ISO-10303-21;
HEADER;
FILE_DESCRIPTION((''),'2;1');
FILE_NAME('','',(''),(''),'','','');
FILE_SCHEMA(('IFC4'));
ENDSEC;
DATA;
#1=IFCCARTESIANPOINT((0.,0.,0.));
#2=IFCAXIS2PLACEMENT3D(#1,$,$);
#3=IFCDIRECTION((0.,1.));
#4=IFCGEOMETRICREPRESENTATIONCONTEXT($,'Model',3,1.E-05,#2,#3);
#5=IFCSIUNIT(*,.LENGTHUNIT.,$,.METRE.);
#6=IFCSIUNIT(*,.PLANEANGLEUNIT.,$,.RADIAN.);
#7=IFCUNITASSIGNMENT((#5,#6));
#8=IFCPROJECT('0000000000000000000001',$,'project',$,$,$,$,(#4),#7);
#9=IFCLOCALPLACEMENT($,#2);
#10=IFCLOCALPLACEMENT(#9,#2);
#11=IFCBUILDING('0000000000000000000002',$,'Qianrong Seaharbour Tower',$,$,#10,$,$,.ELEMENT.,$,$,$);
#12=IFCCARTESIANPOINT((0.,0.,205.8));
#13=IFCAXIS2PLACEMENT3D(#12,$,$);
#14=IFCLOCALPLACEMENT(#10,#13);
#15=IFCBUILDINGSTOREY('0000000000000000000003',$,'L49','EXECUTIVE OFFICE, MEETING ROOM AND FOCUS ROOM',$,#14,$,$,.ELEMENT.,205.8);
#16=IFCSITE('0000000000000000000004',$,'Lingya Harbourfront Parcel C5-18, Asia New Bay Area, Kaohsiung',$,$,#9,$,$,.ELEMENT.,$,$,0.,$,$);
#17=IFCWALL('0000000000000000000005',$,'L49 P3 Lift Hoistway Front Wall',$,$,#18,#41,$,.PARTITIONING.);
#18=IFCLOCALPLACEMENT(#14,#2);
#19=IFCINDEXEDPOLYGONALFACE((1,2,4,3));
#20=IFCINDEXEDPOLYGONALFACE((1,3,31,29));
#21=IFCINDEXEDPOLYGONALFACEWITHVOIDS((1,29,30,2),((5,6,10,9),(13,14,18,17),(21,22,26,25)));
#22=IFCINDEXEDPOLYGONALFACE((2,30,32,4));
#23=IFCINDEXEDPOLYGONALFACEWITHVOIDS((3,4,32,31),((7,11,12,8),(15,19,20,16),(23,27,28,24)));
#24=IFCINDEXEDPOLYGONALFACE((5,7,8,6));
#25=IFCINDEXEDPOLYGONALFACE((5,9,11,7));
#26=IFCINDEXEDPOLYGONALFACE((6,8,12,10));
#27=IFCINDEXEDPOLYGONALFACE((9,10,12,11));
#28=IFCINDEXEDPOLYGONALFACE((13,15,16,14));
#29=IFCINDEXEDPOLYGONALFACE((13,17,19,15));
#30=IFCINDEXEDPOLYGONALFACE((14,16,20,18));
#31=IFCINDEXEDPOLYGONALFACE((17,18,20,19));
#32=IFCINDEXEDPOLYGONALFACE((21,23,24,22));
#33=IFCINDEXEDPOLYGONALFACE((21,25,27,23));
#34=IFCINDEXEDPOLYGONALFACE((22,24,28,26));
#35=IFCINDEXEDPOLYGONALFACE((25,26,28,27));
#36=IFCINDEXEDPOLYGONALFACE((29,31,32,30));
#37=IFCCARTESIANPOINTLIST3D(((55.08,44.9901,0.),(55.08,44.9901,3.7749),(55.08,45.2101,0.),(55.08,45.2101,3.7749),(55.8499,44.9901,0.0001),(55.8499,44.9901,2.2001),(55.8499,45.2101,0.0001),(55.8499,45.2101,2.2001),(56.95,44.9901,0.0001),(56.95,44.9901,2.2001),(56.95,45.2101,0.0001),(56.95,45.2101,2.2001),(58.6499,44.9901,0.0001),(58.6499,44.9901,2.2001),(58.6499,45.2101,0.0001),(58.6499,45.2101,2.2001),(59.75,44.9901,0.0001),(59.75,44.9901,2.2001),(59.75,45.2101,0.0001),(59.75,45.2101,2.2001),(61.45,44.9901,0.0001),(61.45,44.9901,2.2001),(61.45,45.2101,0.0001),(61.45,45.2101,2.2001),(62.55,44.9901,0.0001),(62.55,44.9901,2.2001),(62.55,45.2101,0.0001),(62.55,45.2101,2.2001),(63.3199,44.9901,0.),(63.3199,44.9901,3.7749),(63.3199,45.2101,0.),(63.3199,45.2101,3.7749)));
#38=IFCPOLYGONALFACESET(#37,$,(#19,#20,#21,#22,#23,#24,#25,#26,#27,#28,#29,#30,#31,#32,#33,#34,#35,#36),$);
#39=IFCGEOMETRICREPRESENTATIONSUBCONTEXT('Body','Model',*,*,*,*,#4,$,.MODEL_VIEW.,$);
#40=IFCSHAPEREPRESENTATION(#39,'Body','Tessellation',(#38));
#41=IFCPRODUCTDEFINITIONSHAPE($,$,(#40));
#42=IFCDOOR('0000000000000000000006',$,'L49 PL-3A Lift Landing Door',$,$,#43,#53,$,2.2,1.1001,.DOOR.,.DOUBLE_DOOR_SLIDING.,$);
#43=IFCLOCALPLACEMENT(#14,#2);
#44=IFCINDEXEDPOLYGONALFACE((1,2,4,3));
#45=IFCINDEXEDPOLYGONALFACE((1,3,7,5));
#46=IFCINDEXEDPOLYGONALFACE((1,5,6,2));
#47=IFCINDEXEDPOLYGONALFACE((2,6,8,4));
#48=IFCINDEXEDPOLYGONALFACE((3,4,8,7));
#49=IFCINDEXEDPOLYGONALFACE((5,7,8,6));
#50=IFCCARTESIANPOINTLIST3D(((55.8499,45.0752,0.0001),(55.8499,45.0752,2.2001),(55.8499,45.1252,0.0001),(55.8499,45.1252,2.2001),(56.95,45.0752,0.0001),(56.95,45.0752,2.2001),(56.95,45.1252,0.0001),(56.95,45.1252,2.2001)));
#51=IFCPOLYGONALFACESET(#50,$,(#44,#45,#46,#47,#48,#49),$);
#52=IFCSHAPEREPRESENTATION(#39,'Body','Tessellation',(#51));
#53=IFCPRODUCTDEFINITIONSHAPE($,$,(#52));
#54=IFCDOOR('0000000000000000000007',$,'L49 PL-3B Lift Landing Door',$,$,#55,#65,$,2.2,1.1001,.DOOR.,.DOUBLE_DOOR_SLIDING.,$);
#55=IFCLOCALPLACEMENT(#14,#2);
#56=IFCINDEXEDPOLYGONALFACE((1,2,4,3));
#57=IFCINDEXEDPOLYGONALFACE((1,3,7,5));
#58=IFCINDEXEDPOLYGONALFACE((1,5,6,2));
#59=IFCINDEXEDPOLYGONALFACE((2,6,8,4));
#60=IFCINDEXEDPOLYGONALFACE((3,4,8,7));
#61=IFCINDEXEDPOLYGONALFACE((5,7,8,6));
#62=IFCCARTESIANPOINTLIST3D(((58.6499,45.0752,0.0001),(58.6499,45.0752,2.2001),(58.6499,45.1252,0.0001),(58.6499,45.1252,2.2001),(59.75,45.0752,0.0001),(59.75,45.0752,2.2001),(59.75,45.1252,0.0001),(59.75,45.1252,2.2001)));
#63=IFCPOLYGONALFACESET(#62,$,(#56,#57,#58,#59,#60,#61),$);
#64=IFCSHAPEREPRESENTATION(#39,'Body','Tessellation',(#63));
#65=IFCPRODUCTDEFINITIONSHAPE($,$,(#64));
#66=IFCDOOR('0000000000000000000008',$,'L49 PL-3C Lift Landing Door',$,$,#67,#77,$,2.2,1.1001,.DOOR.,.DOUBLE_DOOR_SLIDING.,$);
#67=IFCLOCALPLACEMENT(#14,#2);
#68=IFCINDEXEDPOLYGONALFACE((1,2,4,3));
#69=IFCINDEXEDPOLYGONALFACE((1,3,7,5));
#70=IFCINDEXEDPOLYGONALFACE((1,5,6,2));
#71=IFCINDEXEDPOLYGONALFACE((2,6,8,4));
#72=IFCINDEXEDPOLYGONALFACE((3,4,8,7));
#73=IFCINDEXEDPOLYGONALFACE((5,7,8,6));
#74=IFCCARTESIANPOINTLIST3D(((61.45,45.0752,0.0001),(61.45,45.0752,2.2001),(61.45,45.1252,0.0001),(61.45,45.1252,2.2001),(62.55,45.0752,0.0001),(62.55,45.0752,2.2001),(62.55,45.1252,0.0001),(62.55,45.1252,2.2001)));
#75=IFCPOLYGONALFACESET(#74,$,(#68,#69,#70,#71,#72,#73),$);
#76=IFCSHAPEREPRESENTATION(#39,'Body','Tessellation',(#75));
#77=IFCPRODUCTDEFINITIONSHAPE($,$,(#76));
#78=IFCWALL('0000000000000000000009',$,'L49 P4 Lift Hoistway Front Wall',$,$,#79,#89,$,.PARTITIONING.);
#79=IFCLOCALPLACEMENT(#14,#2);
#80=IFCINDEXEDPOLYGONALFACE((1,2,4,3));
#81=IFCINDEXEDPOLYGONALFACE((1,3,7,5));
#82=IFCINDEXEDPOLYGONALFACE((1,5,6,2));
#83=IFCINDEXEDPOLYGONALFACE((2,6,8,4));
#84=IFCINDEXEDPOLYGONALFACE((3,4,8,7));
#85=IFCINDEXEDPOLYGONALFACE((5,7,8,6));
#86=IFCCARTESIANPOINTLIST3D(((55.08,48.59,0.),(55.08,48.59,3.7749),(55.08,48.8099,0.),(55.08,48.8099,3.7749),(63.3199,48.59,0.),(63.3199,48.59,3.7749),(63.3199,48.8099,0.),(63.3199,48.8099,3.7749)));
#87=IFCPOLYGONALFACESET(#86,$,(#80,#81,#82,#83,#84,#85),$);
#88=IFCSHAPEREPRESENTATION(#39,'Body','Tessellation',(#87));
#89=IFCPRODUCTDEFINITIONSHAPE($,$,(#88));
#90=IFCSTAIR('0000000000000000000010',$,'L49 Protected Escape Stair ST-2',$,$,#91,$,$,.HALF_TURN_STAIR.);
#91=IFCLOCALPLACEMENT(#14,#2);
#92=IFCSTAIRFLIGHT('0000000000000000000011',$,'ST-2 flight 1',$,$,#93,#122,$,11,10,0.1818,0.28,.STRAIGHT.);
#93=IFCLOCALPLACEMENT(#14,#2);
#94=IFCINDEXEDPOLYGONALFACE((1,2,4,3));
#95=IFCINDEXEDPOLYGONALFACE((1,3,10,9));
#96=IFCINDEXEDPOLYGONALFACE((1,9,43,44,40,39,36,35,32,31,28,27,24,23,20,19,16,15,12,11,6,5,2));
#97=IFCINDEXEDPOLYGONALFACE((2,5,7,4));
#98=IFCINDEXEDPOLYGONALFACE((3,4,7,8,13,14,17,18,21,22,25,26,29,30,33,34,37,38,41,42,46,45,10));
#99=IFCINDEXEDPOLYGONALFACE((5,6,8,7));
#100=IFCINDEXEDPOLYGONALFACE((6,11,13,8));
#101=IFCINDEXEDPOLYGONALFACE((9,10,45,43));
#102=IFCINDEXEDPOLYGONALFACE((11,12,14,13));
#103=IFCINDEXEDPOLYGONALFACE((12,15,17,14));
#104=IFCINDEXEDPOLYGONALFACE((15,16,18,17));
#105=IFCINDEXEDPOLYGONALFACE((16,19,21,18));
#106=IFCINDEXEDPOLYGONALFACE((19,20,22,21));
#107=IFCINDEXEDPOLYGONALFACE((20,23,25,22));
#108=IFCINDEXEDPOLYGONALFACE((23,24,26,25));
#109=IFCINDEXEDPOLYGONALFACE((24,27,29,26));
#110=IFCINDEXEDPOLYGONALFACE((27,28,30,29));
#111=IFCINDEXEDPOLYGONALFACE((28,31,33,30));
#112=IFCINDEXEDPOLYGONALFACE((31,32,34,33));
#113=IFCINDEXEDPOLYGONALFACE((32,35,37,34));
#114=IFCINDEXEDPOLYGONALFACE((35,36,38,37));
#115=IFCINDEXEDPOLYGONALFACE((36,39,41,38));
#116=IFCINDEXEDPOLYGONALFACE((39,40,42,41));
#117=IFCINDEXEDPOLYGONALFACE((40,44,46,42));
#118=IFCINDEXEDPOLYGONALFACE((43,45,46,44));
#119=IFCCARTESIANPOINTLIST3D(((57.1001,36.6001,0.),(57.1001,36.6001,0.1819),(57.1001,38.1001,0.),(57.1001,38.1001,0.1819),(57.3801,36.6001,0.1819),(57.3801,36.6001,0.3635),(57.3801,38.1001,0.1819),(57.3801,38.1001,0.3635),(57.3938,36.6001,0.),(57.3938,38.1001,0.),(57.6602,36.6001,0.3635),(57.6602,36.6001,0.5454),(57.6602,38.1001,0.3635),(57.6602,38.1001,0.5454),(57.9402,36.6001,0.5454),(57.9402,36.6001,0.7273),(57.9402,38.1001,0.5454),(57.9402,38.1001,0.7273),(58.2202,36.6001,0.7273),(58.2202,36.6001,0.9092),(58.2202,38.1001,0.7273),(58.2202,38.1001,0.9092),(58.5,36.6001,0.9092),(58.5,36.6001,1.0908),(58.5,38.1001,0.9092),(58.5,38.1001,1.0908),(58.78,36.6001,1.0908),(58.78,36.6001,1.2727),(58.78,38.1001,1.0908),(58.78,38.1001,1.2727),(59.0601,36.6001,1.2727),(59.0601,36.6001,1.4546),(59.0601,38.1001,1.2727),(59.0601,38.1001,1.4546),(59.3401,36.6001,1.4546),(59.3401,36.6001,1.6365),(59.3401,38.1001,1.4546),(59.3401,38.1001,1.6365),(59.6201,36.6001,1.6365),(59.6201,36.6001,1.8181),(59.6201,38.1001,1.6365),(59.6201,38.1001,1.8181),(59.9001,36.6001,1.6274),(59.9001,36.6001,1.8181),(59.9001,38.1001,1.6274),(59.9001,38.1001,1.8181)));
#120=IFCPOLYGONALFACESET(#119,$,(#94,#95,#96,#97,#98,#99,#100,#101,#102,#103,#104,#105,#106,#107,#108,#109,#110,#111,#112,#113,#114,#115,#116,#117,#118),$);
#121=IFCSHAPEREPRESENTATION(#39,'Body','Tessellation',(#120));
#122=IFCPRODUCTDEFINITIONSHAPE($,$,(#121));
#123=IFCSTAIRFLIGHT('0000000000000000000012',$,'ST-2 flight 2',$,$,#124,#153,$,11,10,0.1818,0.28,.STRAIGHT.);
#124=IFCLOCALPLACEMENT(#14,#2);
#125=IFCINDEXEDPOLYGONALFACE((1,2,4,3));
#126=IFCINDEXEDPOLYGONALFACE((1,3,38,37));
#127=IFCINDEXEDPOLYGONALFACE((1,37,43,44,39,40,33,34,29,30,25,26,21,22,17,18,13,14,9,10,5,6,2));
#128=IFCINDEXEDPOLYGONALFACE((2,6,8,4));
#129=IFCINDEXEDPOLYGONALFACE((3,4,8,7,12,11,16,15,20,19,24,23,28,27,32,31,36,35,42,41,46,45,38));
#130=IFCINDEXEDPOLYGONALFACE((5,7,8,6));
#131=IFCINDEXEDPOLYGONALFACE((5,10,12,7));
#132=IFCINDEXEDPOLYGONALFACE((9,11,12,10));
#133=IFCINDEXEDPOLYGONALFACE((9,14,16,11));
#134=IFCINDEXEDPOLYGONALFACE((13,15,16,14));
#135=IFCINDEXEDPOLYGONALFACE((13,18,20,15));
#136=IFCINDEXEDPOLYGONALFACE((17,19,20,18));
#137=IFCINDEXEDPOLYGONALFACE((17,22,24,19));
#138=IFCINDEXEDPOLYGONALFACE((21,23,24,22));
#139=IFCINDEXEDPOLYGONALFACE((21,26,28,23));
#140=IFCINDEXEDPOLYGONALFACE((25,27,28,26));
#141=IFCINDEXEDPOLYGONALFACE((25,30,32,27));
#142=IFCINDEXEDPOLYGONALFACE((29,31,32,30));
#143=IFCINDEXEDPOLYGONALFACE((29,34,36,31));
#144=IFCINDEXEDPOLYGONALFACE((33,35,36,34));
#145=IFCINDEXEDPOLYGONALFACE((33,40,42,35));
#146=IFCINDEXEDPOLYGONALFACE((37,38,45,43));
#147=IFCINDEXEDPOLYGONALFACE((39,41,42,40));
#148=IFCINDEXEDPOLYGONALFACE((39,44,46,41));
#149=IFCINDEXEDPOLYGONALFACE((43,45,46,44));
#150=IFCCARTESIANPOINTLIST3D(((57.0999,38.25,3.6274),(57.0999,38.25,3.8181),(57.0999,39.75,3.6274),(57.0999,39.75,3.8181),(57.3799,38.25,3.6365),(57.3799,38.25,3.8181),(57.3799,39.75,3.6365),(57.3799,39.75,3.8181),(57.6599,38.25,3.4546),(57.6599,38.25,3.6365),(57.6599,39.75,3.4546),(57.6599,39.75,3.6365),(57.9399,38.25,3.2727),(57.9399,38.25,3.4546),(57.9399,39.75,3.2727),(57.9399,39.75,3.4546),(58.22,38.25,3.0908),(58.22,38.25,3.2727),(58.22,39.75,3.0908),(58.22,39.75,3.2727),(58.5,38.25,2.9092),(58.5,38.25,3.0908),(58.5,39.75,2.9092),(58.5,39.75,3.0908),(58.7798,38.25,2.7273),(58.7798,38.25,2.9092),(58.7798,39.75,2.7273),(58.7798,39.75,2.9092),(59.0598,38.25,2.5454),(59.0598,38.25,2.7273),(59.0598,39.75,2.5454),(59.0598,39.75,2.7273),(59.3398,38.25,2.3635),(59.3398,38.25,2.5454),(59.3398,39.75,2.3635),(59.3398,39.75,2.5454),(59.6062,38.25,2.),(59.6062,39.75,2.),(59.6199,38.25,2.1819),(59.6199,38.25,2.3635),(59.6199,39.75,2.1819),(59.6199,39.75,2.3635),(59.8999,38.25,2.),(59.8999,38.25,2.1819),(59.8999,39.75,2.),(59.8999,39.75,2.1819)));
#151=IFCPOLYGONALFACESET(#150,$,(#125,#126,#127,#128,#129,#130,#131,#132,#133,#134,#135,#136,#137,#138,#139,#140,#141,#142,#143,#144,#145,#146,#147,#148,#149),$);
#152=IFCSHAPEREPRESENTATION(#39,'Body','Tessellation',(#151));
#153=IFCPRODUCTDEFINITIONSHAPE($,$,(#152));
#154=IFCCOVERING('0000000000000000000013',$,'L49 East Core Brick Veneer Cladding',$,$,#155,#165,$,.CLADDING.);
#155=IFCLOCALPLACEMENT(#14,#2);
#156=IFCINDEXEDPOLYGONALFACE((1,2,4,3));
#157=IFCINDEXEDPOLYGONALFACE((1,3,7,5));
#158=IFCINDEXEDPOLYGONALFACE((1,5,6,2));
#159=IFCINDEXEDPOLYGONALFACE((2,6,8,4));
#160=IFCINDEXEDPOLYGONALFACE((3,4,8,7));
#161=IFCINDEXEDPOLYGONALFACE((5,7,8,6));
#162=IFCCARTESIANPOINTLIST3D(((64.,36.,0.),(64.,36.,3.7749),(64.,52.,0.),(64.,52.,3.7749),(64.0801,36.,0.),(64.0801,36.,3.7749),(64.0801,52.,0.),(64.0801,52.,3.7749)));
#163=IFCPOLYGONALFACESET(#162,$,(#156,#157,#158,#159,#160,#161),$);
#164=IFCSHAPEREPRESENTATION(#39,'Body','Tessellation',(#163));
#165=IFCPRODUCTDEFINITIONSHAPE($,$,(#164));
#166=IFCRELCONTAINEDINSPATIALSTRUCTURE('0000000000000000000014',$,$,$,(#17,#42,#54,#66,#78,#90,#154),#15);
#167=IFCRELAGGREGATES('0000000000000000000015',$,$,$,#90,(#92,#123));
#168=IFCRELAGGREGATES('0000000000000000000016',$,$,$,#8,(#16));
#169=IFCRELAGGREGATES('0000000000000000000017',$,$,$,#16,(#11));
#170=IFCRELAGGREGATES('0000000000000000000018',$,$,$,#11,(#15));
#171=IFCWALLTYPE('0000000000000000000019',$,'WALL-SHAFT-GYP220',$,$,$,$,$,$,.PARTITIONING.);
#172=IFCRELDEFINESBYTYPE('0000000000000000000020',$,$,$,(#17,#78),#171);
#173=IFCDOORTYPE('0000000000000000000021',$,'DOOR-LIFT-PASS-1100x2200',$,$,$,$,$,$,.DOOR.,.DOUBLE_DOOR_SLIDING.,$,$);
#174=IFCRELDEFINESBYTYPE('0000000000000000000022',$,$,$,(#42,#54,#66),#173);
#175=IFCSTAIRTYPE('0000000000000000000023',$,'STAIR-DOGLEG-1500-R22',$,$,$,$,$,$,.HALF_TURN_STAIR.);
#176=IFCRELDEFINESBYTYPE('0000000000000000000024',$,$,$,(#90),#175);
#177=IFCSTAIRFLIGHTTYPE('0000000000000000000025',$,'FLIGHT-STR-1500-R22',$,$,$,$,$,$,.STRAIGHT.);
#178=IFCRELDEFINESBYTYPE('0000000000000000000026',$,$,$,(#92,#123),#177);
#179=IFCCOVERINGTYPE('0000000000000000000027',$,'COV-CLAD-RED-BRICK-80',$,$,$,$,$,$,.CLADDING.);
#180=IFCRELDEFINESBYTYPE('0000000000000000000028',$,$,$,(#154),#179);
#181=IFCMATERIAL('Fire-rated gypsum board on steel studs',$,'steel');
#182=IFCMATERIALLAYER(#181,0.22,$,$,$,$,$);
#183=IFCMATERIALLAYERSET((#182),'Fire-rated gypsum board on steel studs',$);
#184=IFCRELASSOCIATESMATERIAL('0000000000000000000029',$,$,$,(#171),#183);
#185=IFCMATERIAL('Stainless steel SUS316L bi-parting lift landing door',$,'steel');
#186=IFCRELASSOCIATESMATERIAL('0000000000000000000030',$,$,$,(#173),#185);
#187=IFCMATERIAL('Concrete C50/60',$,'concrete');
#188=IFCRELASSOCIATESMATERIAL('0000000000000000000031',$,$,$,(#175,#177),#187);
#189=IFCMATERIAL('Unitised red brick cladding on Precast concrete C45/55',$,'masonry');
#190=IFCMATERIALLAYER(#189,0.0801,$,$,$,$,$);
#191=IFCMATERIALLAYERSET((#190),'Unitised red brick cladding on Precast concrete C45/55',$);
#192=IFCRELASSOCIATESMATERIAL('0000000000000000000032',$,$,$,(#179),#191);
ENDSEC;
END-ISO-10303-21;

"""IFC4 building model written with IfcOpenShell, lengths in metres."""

from ifc_helpers import new_model, si_unit, direction, frame, frame_2d, origin, origin_2d, place, context, subcontext, project, spatial, polyline, rectangle, outline, extrude, material, layer, layer_set, type_object, element, fill, aggregate, save


model = new_model("IFC4")

# Units and contexts
model_context = context("Model", 3, precision=1e-05, world=origin(), true_north=direction((0.0, 1.0)))
body_context = subcontext(model_context, "Body", "Model", "MODEL_VIEW")
ifc_project = project(units=[si_unit("LENGTHUNIT", "METRE"), si_unit("PLANEANGLEUNIT", "RADIAN")], contexts=[model_context])

# Site, building, storey
site_placement = place(None, origin())
site = spatial("IfcSite", under=ifc_project, at=site_placement, Name="Lingya Harbourfront Parcel C5-18, Asia New Bay Area, Kaohsiung", CompositionType="ELEMENT", RefElevation=0.0)
building_placement = place(site_placement, origin())
building = spatial("IfcBuilding", under=site, at=building_placement, Name="Qianrong Seaharbour Tower", CompositionType="ELEMENT")
storey_placement = place(building_placement, frame((0.0, 0.0, 205.8)))
storey = spatial("IfcBuildingStorey", under=building, at=storey_placement, Name="L49", Description="EXECUTIVE OFFICE, MEETING ROOM AND FOCUS ROOM", CompositionType="ELEMENT", Elevation=205.8)

# Shared definitions
ifc_material_1 = material(Name="Fire-rated gypsum board on steel studs", Category="steel")

# Wall, openings, doors
ifc_layer_1 = layer(ifc_material_1, 0.22)
ifc_layer_set_1 = layer_set([ifc_layer_1], Name="Fire-rated gypsum board on steel studs")
wall_type_1 = type_object("IfcWallType", Name="WALL-SHAFT-GYP220", PredefinedType="PARTITIONING", material=ifc_layer_set_1)
wall_1_placement = place(storey_placement, frame((63.3201, 45.1001, 0.0), z_axis=(0.0, 0.0, 1.0), x_axis=(-1.0, 0.0, 0.0)))
wall_1 = element("IfcWall", 1, at=wall_1_placement, inside=storey, type_object=wall_type_1, Name="L49 P3 Lift Hoistway Front Wall", PredefinedType="PARTITIONING", context=body_context, shape_type="SweptSolid", body=[
    extrude(rectangle(XDim=8.24, YDim=0.22, at=frame_2d((4.1201, 0.0))), origin(), (0.0, 0.0, 1.0), 3.7749),
])
opening_1_placement = place(wall_1_placement, frame((6.3701, 0.0, 0.0)))
opening_1 = element("IfcOpeningElement", 2, at=opening_1_placement, cuts=wall_1, PredefinedType="OPENING", context=body_context, shape_type="SweptSolid", body=[
    extrude(rectangle(XDim=1.1001, YDim=2.2, at=frame_2d((0.55, 1.1001))), frame((0.0, 0.1201, 0.0), z_axis=(0.0, -1.0, 0.0), x_axis=(1.0, 0.0, 0.0)), (0.0, 0.0, 1.0), 0.24),
])
opening_2_placement = place(wall_1_placement, frame((3.5701, 0.0, 0.0)))
opening_2 = element("IfcOpeningElement", 3, at=opening_2_placement, cuts=wall_1, PredefinedType="OPENING", context=body_context, shape_type="SweptSolid", body=[
    extrude(rectangle(XDim=1.1001, YDim=2.2, at=frame_2d((0.55, 1.1001))), frame((0.0, 0.1201, 0.0), z_axis=(0.0, -1.0, 0.0), x_axis=(1.0, 0.0, 0.0)), (0.0, 0.0, 1.0), 0.24),
])
opening_3_placement = place(wall_1_placement, frame((0.77, 0.0, 0.0)))
opening_3 = element("IfcOpeningElement", 4, at=opening_3_placement, cuts=wall_1, PredefinedType="OPENING", context=body_context, shape_type="SweptSolid", body=[
    extrude(rectangle(XDim=1.1001, YDim=2.2, at=frame_2d((0.55, 1.1001))), frame((0.0, 0.1201, 0.0), z_axis=(0.0, -1.0, 0.0), x_axis=(1.0, 0.0, 0.0)), (0.0, 0.0, 1.0), 0.24),
])
ifc_material_2 = material(Name="Stainless steel SUS316L bi-parting lift landing door", Category="steel")
door_type_1 = type_object("IfcDoorType", Name="DOOR-LIFT-PASS-1100x2200", OperationType="DOUBLE_DOOR_SLIDING", PredefinedType="DOOR", material=ifc_material_2)
door_1_placement = place(opening_1_placement, origin())
door_1 = element("IfcDoor", 5, at=door_1_placement, inside=storey, type_object=door_type_1, Name="L49 PL-3A Lift Landing Door", OperationType="DOUBLE_DOOR_SLIDING", OverallHeight=2.2, OverallWidth=1.1001, PredefinedType="DOOR", context=body_context, shape_type="SweptSolid", body=[
    extrude(rectangle(XDim=1.1001, YDim=2.2, at=frame_2d((0.55, 1.1001))), frame((0.0, 0.0249, 0.0), z_axis=(0.0, -1.0, 0.0), x_axis=(1.0, 0.0, 0.0)), (0.0, 0.0, 1.0), 0.05),
])
fill(opening_1, door_1)
door_2_placement = place(opening_2_placement, origin())
door_2 = element("IfcDoor", 6, at=door_2_placement, inside=storey, type_object=door_type_1, Name="L49 PL-3B Lift Landing Door", OperationType="DOUBLE_DOOR_SLIDING", OverallHeight=2.2, OverallWidth=1.1001, PredefinedType="DOOR", context=body_context, shape_type="SweptSolid", body=[
    extrude(rectangle(XDim=1.1001, YDim=2.2, at=frame_2d((0.55, 1.1001))), frame((0.0, 0.0249, 0.0), z_axis=(0.0, -1.0, 0.0), x_axis=(1.0, 0.0, 0.0)), (0.0, 0.0, 1.0), 0.05),
])
fill(opening_2, door_2)
door_3_placement = place(opening_3_placement, origin())
door_3 = element("IfcDoor", 7, at=door_3_placement, inside=storey, type_object=door_type_1, Name="L49 PL-3C Lift Landing Door", OperationType="DOUBLE_DOOR_SLIDING", OverallHeight=2.2, OverallWidth=1.1001, PredefinedType="DOOR", context=body_context, shape_type="SweptSolid", body=[
    extrude(rectangle(XDim=1.1001, YDim=2.2, at=frame_2d((0.55, 1.1001))), frame((0.0, 0.0249, 0.0), z_axis=(0.0, -1.0, 0.0), x_axis=(1.0, 0.0, 0.0)), (0.0, 0.0, 1.0), 0.05),
])
fill(opening_3, door_3)

# Wall
wall_2_placement = place(storey_placement, frame((63.3201, 48.7, 0.0), z_axis=(0.0, 0.0, 1.0), x_axis=(-1.0, 0.0, 0.0)))
element("IfcWall", 8, at=wall_2_placement, inside=storey, type_object=wall_type_1, Name="L49 P4 Lift Hoistway Front Wall", PredefinedType="PARTITIONING", context=body_context, shape_type="SweptSolid", body=[
    extrude(rectangle(XDim=8.24, YDim=0.22, at=frame_2d((4.1201, 0.0))), origin(), (0.0, 0.0, 1.0), 3.7749),
])

# Stair, stair flights
ifc_material_3 = material(Name="Concrete C50/60", Category="concrete")
stair_type = type_object("IfcStairType", Name="STAIR-DOGLEG-1500-R22", PredefinedType="HALF_TURN_STAIR", material=ifc_material_3)
stair_placement = place(storey_placement, origin())
stair = element("IfcStair", 9, at=stair_placement, inside=storey, type_object=stair_type, Name="L49 Protected Escape Stair ST-2", PredefinedType="HALF_TURN_STAIR")
stair_flight_type = type_object("IfcStairFlightType", Name="FLIGHT-STR-1500-R22", PredefinedType="STRAIGHT", material=ifc_material_3)
stair_flight_1_placement = place(storey_placement, frame((57.1001, 37.3501, 0.0), z_axis=(0.0, 0.0, 1.0), x_axis=(1.0, 0.0, 0.0)))
stair_flight_1 = element("IfcStairFlight", 10, at=stair_flight_1_placement, type_object=stair_flight_type, Name="ST-2 flight 1", NumberOfRisers=11, NumberOfTreads=10, PredefinedType="STRAIGHT", RiserHeight=0.1818, TreadLength=0.28, context=body_context, shape_type="SweptSolid", body=[
    extrude(outline(polyline([(0.0, 0.0), (0.0, 0.1819), (0.28, 0.1819), (0.28, 0.3635), (0.5601, 0.3635), (0.5601, 0.5454), (0.8401, 0.5454), (0.8401, 0.7273), (1.1201, 0.7273), (1.1201, 0.9092), (1.3999, 0.9092), (1.3999, 1.0908), (1.6799, 1.0908), (1.6799, 1.2727), (1.96, 1.2727), (1.96, 1.4546), (2.24, 1.4546), (2.24, 1.6365), (2.52, 1.6365), (2.52, 1.8181), (2.8, 1.8181), (2.8, 2.0), (2.8, 1.6274), (0.2937, 0.0), (0.0, 0.0)])), frame((0.0, 0.75, 0.0), z_axis=(0.0, -1.0, 0.0), x_axis=(1.0, 0.0, 0.0)), (0.0, 0.0, 1.0), 1.5),
])
stair_flight_2_placement = place(storey_placement, frame((59.8999, 39.0, 2.0), z_axis=(0.0, 0.0, 1.0), x_axis=(-1.0, 0.0, 0.0)))
stair_flight_2 = element("IfcStairFlight", 11, at=stair_flight_2_placement, type_object=stair_flight_type, Name="ST-2 flight 2", NumberOfRisers=11, NumberOfTreads=10, PredefinedType="STRAIGHT", RiserHeight=0.1818, TreadLength=0.28, context=body_context, shape_type="SweptSolid", body=[
    extrude(outline(polyline([(0.0, 0.0), (0.0, 0.1819), (0.28, 0.1819), (0.28, 0.3635), (0.5601, 0.3635), (0.5601, 0.5454), (0.8401, 0.5454), (0.8401, 0.7273), (1.1201, 0.7273), (1.1201, 0.9092), (1.3999, 0.9092), (1.3999, 1.0908), (1.6799, 1.0908), (1.6799, 1.2727), (1.96, 1.2727), (1.96, 1.4546), (2.24, 1.4546), (2.24, 1.6365), (2.52, 1.6365), (2.52, 1.8181), (2.8, 1.8181), (2.8, 2.0), (2.8, 1.6274), (0.2937, 0.0), (0.0, 0.0)])), frame((0.0, 0.75, 0.0), z_axis=(0.0, -1.0, 0.0), x_axis=(1.0, 0.0, 0.0)), (0.0, 0.0, 1.0), 1.5),
])
aggregate(stair, [stair_flight_1, stair_flight_2])

# Covering
ifc_material_4 = material(Name="Unitised red brick cladding on Precast concrete C45/55", Category="masonry")
ifc_layer_2 = layer(ifc_material_4, 0.0801)
ifc_layer_set_2 = layer_set([ifc_layer_2], Name="Unitised red brick cladding on Precast concrete C45/55")
covering_type = type_object("IfcCoveringType", Name="COV-CLAD-RED-BRICK-80", PredefinedType="CLADDING", material=ifc_layer_set_2)
covering_placement = place(storey_placement, frame((64.04, 44.0, 0.0), z_axis=(0.0, 0.0, 1.0), x_axis=(1.0, 0.0, 0.0)))
element("IfcCovering", 12, at=covering_placement, inside=storey, type_object=covering_type, Name="L49 East Core Brick Veneer Cladding", PredefinedType="CLADDING", context=body_context, shape_type="SweptSolid", body=[
    extrude(rectangle(XDim=0.0801, YDim=16.0, at=origin_2d()), origin(), (0.0, 0.0, 1.0), 3.7749),
])

save(model, "model.ifc")
